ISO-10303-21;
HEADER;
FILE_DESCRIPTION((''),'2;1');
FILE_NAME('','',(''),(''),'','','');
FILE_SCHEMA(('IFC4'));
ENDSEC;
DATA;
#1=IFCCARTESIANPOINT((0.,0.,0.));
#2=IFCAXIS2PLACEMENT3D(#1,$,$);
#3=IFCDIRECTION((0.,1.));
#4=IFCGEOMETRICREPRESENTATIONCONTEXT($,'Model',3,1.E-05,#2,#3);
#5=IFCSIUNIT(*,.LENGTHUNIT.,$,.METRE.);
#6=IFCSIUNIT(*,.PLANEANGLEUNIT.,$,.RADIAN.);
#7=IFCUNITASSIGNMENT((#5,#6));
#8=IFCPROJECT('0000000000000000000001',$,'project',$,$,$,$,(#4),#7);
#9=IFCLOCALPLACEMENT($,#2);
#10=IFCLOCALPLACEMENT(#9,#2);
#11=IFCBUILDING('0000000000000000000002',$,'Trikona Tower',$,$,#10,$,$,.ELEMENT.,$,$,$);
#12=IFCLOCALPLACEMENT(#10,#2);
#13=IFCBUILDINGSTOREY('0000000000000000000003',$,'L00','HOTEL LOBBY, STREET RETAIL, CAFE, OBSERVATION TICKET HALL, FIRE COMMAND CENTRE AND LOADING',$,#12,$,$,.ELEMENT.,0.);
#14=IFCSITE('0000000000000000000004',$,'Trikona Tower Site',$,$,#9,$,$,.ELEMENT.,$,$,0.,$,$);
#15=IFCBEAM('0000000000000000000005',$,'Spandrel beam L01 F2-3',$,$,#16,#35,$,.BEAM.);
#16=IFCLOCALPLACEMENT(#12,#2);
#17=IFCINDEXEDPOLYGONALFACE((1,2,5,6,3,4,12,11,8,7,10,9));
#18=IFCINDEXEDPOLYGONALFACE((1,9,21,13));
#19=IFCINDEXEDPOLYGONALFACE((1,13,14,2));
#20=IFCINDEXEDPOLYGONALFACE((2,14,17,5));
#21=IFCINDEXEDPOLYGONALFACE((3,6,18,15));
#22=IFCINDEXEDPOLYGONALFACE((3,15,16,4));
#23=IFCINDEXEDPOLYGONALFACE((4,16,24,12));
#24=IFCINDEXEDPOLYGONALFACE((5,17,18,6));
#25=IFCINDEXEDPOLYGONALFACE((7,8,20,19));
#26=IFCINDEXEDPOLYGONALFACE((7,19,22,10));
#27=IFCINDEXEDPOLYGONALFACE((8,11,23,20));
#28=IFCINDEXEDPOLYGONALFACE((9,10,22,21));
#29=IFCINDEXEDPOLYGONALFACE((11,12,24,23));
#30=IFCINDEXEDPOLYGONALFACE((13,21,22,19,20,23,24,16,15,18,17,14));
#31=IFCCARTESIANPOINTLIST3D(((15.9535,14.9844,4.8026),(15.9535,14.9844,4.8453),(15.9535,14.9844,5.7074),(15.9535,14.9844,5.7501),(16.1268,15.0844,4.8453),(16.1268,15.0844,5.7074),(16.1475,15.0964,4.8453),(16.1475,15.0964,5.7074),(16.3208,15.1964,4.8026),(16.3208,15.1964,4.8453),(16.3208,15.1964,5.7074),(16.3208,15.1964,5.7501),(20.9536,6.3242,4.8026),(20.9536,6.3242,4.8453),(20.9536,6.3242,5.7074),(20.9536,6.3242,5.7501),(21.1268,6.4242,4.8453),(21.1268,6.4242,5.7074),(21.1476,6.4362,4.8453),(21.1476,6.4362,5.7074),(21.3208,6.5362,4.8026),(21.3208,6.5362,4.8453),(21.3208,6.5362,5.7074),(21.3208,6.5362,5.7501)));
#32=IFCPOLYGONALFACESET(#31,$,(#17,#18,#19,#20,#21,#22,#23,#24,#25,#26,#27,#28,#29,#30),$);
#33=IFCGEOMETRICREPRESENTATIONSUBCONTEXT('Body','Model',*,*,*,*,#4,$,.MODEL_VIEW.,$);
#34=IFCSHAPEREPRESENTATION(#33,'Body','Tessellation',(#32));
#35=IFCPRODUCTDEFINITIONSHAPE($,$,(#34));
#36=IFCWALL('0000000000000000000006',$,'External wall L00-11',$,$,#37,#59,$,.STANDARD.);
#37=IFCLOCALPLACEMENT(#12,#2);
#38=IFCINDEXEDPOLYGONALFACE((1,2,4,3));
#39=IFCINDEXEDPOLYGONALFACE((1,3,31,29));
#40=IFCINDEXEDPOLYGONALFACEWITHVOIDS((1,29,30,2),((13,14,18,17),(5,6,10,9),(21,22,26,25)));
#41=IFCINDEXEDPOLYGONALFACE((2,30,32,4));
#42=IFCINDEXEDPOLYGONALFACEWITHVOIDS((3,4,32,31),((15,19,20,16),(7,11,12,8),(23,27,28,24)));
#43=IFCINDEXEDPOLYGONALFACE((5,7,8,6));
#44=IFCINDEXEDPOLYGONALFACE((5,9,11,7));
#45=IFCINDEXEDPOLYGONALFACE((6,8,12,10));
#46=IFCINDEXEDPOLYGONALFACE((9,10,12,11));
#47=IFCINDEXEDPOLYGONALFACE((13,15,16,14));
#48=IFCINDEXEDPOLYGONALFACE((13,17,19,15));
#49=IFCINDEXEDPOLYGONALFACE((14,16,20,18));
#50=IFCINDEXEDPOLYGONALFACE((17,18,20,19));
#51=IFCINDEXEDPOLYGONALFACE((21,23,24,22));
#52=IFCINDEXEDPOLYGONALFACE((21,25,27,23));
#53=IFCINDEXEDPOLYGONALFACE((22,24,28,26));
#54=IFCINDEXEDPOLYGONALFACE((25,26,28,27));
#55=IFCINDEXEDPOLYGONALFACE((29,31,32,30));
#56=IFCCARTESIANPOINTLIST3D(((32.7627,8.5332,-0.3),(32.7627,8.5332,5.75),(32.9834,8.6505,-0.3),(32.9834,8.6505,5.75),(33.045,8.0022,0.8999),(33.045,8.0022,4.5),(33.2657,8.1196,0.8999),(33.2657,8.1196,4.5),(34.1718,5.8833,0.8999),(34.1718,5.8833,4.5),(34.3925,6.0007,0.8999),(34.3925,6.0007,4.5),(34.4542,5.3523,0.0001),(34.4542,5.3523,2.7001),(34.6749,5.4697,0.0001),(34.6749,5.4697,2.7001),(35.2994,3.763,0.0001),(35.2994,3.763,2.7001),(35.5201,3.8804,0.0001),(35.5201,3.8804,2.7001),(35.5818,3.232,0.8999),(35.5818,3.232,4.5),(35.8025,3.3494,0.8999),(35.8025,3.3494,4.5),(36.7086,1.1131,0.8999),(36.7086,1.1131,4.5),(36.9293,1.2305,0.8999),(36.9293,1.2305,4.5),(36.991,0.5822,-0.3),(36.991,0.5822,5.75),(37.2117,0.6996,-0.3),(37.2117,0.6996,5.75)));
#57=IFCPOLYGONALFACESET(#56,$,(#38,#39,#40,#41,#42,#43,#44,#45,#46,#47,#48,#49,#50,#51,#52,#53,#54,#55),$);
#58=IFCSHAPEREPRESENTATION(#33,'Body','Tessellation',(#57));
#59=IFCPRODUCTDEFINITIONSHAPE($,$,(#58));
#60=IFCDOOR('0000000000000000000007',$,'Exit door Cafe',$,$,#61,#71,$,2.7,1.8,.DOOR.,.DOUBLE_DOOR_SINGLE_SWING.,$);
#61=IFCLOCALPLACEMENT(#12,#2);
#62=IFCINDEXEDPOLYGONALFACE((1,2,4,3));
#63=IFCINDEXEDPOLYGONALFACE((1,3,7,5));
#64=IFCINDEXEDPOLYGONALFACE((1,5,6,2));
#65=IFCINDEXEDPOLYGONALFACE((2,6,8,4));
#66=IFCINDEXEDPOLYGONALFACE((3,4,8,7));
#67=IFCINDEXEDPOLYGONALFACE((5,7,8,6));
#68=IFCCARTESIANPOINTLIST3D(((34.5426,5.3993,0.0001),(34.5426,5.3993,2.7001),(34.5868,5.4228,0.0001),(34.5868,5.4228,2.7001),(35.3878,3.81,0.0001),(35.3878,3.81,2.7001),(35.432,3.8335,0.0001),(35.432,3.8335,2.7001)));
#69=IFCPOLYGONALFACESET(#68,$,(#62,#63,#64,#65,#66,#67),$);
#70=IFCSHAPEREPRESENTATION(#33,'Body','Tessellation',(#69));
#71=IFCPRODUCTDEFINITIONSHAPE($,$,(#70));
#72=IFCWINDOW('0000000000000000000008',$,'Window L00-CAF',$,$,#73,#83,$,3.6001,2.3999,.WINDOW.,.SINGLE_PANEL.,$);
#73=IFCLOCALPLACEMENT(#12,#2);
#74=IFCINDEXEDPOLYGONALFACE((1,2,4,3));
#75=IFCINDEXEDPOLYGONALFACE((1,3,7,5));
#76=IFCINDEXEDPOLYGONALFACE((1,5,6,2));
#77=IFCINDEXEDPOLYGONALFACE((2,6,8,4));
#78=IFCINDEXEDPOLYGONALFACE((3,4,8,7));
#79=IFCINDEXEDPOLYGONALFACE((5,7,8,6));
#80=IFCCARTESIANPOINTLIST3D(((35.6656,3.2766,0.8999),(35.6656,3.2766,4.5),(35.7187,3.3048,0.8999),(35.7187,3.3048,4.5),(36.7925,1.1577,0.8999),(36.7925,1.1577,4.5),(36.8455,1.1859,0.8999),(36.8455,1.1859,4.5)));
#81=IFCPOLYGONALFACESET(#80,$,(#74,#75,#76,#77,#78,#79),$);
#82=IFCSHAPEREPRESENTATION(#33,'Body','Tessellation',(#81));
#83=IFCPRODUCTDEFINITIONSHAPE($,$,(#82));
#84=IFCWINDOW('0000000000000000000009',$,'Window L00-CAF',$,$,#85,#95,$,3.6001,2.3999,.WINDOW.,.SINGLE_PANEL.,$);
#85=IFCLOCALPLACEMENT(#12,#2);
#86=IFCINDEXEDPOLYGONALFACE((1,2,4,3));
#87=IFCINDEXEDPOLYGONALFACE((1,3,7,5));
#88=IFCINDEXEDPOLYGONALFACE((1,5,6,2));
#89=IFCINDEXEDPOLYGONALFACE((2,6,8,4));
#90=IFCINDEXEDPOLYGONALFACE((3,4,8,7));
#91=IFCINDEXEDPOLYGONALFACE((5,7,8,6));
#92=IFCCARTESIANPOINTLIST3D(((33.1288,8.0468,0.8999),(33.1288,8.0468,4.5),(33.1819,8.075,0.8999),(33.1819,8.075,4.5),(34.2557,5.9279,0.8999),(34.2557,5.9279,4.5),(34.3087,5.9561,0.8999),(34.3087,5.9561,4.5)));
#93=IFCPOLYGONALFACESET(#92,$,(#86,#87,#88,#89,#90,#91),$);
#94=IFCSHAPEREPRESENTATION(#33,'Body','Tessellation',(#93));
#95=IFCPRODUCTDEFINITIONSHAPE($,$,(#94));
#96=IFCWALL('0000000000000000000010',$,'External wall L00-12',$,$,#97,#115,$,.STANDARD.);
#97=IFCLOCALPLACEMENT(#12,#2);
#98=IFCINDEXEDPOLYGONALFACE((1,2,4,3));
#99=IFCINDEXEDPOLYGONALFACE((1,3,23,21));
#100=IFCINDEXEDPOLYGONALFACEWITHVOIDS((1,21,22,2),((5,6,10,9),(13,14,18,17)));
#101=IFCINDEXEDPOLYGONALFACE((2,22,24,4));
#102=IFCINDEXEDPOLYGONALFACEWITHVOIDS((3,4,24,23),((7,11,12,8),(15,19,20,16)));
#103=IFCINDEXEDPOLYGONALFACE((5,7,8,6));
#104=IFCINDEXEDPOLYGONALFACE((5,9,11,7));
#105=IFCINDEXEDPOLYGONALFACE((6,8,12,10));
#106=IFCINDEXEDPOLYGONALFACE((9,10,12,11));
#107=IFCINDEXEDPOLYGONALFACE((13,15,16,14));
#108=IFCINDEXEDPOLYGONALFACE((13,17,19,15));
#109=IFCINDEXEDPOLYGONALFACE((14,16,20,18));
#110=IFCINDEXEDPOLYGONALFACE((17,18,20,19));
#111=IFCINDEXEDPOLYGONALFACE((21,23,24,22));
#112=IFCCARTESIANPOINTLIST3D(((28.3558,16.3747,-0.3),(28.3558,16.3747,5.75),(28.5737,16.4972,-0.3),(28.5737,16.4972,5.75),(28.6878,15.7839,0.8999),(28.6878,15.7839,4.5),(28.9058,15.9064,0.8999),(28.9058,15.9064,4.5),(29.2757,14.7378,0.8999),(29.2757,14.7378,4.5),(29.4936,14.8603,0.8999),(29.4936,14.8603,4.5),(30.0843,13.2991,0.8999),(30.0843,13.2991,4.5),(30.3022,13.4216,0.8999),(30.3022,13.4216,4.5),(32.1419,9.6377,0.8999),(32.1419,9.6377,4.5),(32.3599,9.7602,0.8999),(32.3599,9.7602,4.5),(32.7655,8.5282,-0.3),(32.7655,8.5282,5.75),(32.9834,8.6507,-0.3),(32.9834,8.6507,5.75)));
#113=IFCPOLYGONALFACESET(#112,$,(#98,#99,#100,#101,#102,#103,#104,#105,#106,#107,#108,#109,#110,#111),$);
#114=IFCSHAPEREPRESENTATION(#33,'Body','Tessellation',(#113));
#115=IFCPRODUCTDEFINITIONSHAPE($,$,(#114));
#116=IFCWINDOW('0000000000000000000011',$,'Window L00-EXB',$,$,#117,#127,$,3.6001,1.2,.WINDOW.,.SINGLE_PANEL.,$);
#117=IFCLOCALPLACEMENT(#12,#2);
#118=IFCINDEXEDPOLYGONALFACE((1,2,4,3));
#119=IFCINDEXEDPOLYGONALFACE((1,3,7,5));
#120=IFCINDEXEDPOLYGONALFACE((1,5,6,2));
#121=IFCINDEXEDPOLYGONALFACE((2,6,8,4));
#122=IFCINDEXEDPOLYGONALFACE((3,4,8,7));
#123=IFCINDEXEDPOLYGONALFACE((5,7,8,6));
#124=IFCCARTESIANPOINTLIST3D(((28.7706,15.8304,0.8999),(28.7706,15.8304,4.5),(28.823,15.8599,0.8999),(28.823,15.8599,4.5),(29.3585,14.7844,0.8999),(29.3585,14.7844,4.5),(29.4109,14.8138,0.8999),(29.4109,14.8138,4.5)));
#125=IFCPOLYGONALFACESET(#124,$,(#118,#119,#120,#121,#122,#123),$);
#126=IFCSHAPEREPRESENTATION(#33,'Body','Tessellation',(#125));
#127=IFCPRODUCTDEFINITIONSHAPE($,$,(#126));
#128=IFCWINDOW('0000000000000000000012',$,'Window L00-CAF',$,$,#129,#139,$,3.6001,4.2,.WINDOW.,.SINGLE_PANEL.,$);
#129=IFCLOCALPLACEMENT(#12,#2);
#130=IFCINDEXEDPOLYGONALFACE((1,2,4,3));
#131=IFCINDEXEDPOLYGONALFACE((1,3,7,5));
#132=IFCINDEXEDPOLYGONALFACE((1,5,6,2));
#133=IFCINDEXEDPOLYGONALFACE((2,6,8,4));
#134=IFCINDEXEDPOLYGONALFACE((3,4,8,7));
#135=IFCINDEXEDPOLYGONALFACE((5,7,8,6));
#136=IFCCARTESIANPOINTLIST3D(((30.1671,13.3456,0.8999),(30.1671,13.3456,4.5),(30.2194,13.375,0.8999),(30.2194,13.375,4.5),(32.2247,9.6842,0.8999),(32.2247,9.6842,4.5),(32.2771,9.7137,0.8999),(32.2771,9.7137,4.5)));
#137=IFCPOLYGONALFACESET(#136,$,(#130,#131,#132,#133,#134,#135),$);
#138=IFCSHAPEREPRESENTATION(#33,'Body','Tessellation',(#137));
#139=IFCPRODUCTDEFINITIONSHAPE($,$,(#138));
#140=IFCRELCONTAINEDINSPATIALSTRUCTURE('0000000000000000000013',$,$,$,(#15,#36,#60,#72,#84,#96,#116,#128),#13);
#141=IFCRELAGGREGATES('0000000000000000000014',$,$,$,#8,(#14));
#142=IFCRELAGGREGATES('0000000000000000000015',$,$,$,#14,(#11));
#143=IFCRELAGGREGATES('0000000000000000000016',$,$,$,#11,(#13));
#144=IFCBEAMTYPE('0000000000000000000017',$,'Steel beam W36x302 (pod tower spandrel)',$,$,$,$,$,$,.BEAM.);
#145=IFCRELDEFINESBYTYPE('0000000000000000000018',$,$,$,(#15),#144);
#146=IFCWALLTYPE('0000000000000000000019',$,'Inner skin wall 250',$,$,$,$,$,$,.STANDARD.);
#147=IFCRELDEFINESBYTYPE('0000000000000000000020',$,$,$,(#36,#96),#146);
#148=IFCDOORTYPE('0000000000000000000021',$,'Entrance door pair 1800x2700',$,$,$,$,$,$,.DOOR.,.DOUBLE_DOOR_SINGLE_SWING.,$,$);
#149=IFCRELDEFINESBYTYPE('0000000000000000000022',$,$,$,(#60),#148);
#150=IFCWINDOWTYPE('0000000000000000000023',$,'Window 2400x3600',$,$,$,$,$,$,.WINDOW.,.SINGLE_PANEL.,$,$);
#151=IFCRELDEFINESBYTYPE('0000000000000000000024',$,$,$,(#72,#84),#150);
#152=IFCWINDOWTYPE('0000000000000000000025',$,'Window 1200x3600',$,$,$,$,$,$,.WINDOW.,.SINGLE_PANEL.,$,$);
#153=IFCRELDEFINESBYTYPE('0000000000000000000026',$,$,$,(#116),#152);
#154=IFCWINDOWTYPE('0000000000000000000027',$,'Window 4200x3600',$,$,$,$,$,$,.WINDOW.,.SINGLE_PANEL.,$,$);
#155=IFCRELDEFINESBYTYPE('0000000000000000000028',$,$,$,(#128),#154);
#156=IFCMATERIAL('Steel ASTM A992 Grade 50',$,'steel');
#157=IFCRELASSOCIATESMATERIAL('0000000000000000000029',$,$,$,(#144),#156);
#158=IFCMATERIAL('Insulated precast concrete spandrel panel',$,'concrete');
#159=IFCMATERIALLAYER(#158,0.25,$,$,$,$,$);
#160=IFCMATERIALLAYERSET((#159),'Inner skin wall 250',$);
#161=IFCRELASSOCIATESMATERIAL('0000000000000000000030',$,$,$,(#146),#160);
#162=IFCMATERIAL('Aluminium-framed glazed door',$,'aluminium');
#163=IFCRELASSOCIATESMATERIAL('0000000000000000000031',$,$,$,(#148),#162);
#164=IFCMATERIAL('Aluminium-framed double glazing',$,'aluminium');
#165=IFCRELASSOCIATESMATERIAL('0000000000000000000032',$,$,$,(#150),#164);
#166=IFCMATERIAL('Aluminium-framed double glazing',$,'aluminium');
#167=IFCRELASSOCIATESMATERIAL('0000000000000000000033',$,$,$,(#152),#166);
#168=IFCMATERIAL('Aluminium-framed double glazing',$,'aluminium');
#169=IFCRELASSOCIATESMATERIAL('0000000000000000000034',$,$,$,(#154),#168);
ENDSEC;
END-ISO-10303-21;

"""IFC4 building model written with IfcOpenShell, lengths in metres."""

from ifc_helpers import new_model, si_unit, direction, frame, frame_2d, origin, origin_2d, place, context, subcontext, project, spatial, rectangle, i_section, extrude, material, layer, layer_set, material_profile, profile_set, type_object, element, fill, save


model = new_model("IFC4")

# Units and contexts
model_context = context("Model", 3, precision=1e-05, world=origin(), true_north=direction((0.0, 1.0)))
body_context = subcontext(model_context, "Body", "Model", "MODEL_VIEW")
ifc_project = project(units=[si_unit("LENGTHUNIT", "METRE"), si_unit("PLANEANGLEUNIT", "RADIAN")], contexts=[model_context])

# Site, building, storey
site_placement = place(None, origin())
site = spatial("IfcSite", under=ifc_project, at=site_placement, Name="Trikona Tower Site", CompositionType="ELEMENT", RefElevation=0.0)
building_placement = place(site_placement, origin())
building = spatial("IfcBuilding", under=site, at=building_placement, Name="Trikona Tower", CompositionType="ELEMENT")
storey_placement = place(building_placement, origin())
storey = spatial("IfcBuildingStorey", under=building, at=storey_placement, Name="L00", Description="HOTEL LOBBY, STREET RETAIL, CAFE, OBSERVATION TICKET HALL, FIRE COMMAND CENTRE AND LOADING", CompositionType="ELEMENT", Elevation=0.0)

# Beam
ifc_material_1 = material(Name="Steel ASTM A992 Grade 50", Category="steel")
ifc_material_profile_1 = material_profile(ifc_material_1, i_section(OverallWidth=0.4241, OverallDepth=0.9475, WebThickness=0.0239, FlangeThickness=0.0427, at=origin_2d()), Name="W36X302")
ifc_profile_set_1 = profile_set([ifc_material_profile_1], Name="Steel ASTM A992 Grade 50")
beam_type_1 = type_object("IfcBeamType", Name="Steel beam W36x302 (pod tower spandrel)", PredefinedType="BEAM", material=ifc_profile_set_1)
beam_placement = place(storey_placement, frame((21.1372, 6.4302, 5.2764), z_axis=(-0.500004, 0.866023, 0.0), x_axis=(-0.866023, -0.500004, 0.0)))
element("IfcBeam", 1, at=beam_placement, inside=storey, type_object=beam_type_1, Name="Spandrel beam L01 F2-3", PredefinedType="BEAM", context=body_context, shape_type="SweptSolid", body=[
    extrude(i_section(OverallWidth=0.4241, OverallDepth=0.9475, WebThickness=0.0239, FlangeThickness=0.0427, at=origin_2d()), origin(), (0.0, 0.0, 1.0), 10.0),
])

# Wall, openings, door, windows
ifc_material_2 = material(Name="Insulated precast concrete spandrel panel", Category="concrete")
ifc_layer = layer(ifc_material_2, 0.25)
ifc_layer_set = layer_set([ifc_layer], Name="Inner skin wall 250")
wall_type = type_object("IfcWallType", Name="Inner skin wall 250", PredefinedType="STANDARD", material=ifc_layer_set)
wall_1_placement = place(storey_placement, frame((37.1013, 0.6409, -0.3), z_axis=(0.0, 0.0, 1.0), x_axis=(-0.469531, 0.882916, 0.0)))
wall_1 = element("IfcWall", 2, at=wall_1_placement, inside=storey, type_object=wall_type, Name="External wall L00-11", PredefinedType="STANDARD", context=body_context, shape_type="SweptSolid", body=[
    extrude(rectangle(XDim=9.0054, YDim=0.25, at=frame_2d((4.5027, 0.0))), origin(), (0.0, 0.0, 1.0), 6.05),
])
opening_1_placement = place(wall_1_placement, frame((3.6028, 0.0, 0.3)))
opening_1 = element("IfcOpeningElement", 3, at=opening_1_placement, cuts=wall_1, PredefinedType="OPENING", context=body_context, shape_type="SweptSolid", body=[
    extrude(rectangle(XDim=1.8, YDim=2.7, at=frame_2d((0.8999, 1.3501))), frame((0.0, 0.135, 0.0), z_axis=(0.0, -1.0, 0.0), x_axis=(1.0, 0.0, 0.0)), (0.0, 0.0, 1.0), 0.27),
])
opening_2_placement = place(wall_1_placement, frame((0.6013, 0.0, 1.2)))
opening_2 = element("IfcOpeningElement", 4, at=opening_2_placement, cuts=wall_1, PredefinedType="OPENING", context=body_context, shape_type="SweptSolid", body=[
    extrude(rectangle(XDim=2.3999, YDim=3.6001, at=frame_2d((1.2, 1.8))), frame((0.0, 0.135, 0.0), z_axis=(0.0, -1.0, 0.0), x_axis=(1.0, 0.0, 0.0)), (0.0, 0.0, 1.0), 0.27),
])
opening_3_placement = place(wall_1_placement, frame((6.0042, 0.0, 1.2)))
opening_3 = element("IfcOpeningElement", 5, at=opening_3_placement, cuts=wall_1, PredefinedType="OPENING", context=body_context, shape_type="SweptSolid", body=[
    extrude(rectangle(XDim=2.3999, YDim=3.6001, at=frame_2d((1.2, 1.8))), frame((0.0, 0.135, 0.0), z_axis=(0.0, -1.0, 0.0), x_axis=(1.0, 0.0, 0.0)), (0.0, 0.0, 1.0), 0.27),
])
ifc_material_3 = material(Name="Aluminium-framed glazed door", Category="aluminium")
door_type = type_object("IfcDoorType", Name="Entrance door pair 1800x2700", OperationType="DOUBLE_DOOR_SINGLE_SWING", PredefinedType="DOOR", material=ifc_material_3)
door_placement = place(opening_1_placement, origin())
door = element("IfcDoor", 6, at=door_placement, inside=storey, type_object=door_type, Name="Exit door Cafe", OperationType="DOUBLE_DOOR_SINGLE_SWING", OverallHeight=2.7, OverallWidth=1.8, PredefinedType="DOOR", context=body_context, shape_type="SweptSolid", body=[
    extrude(rectangle(XDim=1.8, YDim=2.7, at=frame_2d((0.8999, 1.3501))), frame((0.0, 0.0249, 0.0), z_axis=(0.0, -1.0, 0.0), x_axis=(1.0, 0.0, 0.0)), (0.0, 0.0, 1.0), 0.05),
])
fill(opening_1, door)
ifc_material_4 = material(Name="Aluminium-framed double glazing", Category="aluminium")
window_type_1 = type_object("IfcWindowType", Name="Window 2400x3600", PartitioningType="SINGLE_PANEL", PredefinedType="WINDOW", material=ifc_material_4)
window_1_placement = place(opening_2_placement, origin())
window_1 = element("IfcWindow", 7, at=window_1_placement, inside=storey, type_object=window_type_1, Name="Window L00-CAF", OverallHeight=3.6001, OverallWidth=2.3999, PartitioningType="SINGLE_PANEL", PredefinedType="WINDOW", context=body_context, shape_type="SweptSolid", body=[
    extrude(rectangle(XDim=2.3999, YDim=3.6001, at=frame_2d((1.2, 1.8))), frame((0.0, 0.03, 0.0), z_axis=(0.0, -1.0, 0.0), x_axis=(1.0, 0.0, 0.0)), (0.0, 0.0, 1.0), 0.0601),
])
fill(opening_2, window_1)
window_2_placement = place(opening_3_placement, origin())
window_2 = element("IfcWindow", 8, at=window_2_placement, inside=storey, type_object=window_type_1, Name="Window L00-CAF", OverallHeight=3.6001, OverallWidth=2.3999, PartitioningType="SINGLE_PANEL", PredefinedType="WINDOW", context=body_context, shape_type="SweptSolid", body=[
    extrude(rectangle(XDim=2.3999, YDim=3.6001, at=frame_2d((1.2, 1.8))), frame((0.0, 0.03, 0.0), z_axis=(0.0, -1.0, 0.0), x_axis=(1.0, 0.0, 0.0)), (0.0, 0.0, 1.0), 0.0601),
])
fill(opening_3, window_2)

# Wall, openings, windows
wall_2_placement = place(storey_placement, frame((32.8745, 8.5894, -0.3), z_axis=(0.0, 0.0, 1.0), x_axis=(-0.489928, 0.871763, 0.0)))
wall_2 = element("IfcWall", 9, at=wall_2_placement, inside=storey, type_object=wall_type, Name="External wall L00-12", PredefinedType="STANDARD", context=body_context, shape_type="SweptSolid", body=[
    extrude(rectangle(XDim=9.0007, YDim=0.25, at=frame_2d((4.5005, 0.0))), origin(), (0.0, 0.0, 1.0), 6.05),
])
opening_4_placement = place(wall_2_placement, frame((1.2727, 0.0, 1.2)))
opening_4 = element("IfcOpeningElement", 10, at=opening_4_placement, cuts=wall_2, PredefinedType="OPENING", context=body_context, shape_type="SweptSolid", body=[
    extrude(rectangle(XDim=4.2, YDim=3.6001, at=frame_2d((2.1001, 1.8))), frame((0.0, 0.135, 0.0), z_axis=(0.0, -1.0, 0.0), x_axis=(1.0, 0.0, 0.0)), (0.0, 0.0, 1.0), 0.27),
])
opening_5_placement = place(wall_2_placement, frame((7.123, 0.0, 1.2)))
opening_5 = element("IfcOpeningElement", 11, at=opening_5_placement, cuts=wall_2, PredefinedType="OPENING", context=body_context, shape_type="SweptSolid", body=[
    extrude(rectangle(XDim=1.2, YDim=3.6001, at=frame_2d((0.6001, 1.8))), frame((0.0, 0.135, 0.0), z_axis=(0.0, -1.0, 0.0), x_axis=(1.0, 0.0, 0.0)), (0.0, 0.0, 1.0), 0.27),
])
ifc_material_5 = material(Name="Aluminium-framed double glazing", Category="aluminium")
window_type_2 = type_object("IfcWindowType", Name="Window 1200x3600", PartitioningType="SINGLE_PANEL", PredefinedType="WINDOW", material=ifc_material_5)
window_3_placement = place(opening_5_placement, origin())
window_3 = element("IfcWindow", 12, at=window_3_placement, inside=storey, type_object=window_type_2, Name="Window L00-EXB", OverallHeight=3.6001, OverallWidth=1.2, PartitioningType="SINGLE_PANEL", PredefinedType="WINDOW", context=body_context, shape_type="SweptSolid", body=[
    extrude(rectangle(XDim=1.2, YDim=3.6001, at=frame_2d((0.6001, 1.8))), frame((0.0, 0.03, 0.0), z_axis=(0.0, -1.0, 0.0), x_axis=(1.0, 0.0, 0.0)), (0.0, 0.0, 1.0), 0.0601),
])
fill(opening_5, window_3)
ifc_material_6 = material(Name="Aluminium-framed double glazing", Category="aluminium")
window_type_3 = type_object("IfcWindowType", Name="Window 4200x3600", PartitioningType="SINGLE_PANEL", PredefinedType="WINDOW", material=ifc_material_6)
window_4_placement = place(opening_4_placement, origin())
window_4 = element("IfcWindow", 13, at=window_4_placement, inside=storey, type_object=window_type_3, Name="Window L00-CAF", OverallHeight=3.6001, OverallWidth=4.2, PartitioningType="SINGLE_PANEL", PredefinedType="WINDOW", context=body_context, shape_type="SweptSolid", body=[
    extrude(rectangle(XDim=4.2, YDim=3.6001, at=frame_2d((2.1001, 1.8))), frame((0.0, 0.03, 0.0), z_axis=(0.0, -1.0, 0.0), x_axis=(1.0, 0.0, 0.0)), (0.0, 0.0, 1.0), 0.0601),
])
fill(opening_4, window_4)

save(model, "model.ifc")
